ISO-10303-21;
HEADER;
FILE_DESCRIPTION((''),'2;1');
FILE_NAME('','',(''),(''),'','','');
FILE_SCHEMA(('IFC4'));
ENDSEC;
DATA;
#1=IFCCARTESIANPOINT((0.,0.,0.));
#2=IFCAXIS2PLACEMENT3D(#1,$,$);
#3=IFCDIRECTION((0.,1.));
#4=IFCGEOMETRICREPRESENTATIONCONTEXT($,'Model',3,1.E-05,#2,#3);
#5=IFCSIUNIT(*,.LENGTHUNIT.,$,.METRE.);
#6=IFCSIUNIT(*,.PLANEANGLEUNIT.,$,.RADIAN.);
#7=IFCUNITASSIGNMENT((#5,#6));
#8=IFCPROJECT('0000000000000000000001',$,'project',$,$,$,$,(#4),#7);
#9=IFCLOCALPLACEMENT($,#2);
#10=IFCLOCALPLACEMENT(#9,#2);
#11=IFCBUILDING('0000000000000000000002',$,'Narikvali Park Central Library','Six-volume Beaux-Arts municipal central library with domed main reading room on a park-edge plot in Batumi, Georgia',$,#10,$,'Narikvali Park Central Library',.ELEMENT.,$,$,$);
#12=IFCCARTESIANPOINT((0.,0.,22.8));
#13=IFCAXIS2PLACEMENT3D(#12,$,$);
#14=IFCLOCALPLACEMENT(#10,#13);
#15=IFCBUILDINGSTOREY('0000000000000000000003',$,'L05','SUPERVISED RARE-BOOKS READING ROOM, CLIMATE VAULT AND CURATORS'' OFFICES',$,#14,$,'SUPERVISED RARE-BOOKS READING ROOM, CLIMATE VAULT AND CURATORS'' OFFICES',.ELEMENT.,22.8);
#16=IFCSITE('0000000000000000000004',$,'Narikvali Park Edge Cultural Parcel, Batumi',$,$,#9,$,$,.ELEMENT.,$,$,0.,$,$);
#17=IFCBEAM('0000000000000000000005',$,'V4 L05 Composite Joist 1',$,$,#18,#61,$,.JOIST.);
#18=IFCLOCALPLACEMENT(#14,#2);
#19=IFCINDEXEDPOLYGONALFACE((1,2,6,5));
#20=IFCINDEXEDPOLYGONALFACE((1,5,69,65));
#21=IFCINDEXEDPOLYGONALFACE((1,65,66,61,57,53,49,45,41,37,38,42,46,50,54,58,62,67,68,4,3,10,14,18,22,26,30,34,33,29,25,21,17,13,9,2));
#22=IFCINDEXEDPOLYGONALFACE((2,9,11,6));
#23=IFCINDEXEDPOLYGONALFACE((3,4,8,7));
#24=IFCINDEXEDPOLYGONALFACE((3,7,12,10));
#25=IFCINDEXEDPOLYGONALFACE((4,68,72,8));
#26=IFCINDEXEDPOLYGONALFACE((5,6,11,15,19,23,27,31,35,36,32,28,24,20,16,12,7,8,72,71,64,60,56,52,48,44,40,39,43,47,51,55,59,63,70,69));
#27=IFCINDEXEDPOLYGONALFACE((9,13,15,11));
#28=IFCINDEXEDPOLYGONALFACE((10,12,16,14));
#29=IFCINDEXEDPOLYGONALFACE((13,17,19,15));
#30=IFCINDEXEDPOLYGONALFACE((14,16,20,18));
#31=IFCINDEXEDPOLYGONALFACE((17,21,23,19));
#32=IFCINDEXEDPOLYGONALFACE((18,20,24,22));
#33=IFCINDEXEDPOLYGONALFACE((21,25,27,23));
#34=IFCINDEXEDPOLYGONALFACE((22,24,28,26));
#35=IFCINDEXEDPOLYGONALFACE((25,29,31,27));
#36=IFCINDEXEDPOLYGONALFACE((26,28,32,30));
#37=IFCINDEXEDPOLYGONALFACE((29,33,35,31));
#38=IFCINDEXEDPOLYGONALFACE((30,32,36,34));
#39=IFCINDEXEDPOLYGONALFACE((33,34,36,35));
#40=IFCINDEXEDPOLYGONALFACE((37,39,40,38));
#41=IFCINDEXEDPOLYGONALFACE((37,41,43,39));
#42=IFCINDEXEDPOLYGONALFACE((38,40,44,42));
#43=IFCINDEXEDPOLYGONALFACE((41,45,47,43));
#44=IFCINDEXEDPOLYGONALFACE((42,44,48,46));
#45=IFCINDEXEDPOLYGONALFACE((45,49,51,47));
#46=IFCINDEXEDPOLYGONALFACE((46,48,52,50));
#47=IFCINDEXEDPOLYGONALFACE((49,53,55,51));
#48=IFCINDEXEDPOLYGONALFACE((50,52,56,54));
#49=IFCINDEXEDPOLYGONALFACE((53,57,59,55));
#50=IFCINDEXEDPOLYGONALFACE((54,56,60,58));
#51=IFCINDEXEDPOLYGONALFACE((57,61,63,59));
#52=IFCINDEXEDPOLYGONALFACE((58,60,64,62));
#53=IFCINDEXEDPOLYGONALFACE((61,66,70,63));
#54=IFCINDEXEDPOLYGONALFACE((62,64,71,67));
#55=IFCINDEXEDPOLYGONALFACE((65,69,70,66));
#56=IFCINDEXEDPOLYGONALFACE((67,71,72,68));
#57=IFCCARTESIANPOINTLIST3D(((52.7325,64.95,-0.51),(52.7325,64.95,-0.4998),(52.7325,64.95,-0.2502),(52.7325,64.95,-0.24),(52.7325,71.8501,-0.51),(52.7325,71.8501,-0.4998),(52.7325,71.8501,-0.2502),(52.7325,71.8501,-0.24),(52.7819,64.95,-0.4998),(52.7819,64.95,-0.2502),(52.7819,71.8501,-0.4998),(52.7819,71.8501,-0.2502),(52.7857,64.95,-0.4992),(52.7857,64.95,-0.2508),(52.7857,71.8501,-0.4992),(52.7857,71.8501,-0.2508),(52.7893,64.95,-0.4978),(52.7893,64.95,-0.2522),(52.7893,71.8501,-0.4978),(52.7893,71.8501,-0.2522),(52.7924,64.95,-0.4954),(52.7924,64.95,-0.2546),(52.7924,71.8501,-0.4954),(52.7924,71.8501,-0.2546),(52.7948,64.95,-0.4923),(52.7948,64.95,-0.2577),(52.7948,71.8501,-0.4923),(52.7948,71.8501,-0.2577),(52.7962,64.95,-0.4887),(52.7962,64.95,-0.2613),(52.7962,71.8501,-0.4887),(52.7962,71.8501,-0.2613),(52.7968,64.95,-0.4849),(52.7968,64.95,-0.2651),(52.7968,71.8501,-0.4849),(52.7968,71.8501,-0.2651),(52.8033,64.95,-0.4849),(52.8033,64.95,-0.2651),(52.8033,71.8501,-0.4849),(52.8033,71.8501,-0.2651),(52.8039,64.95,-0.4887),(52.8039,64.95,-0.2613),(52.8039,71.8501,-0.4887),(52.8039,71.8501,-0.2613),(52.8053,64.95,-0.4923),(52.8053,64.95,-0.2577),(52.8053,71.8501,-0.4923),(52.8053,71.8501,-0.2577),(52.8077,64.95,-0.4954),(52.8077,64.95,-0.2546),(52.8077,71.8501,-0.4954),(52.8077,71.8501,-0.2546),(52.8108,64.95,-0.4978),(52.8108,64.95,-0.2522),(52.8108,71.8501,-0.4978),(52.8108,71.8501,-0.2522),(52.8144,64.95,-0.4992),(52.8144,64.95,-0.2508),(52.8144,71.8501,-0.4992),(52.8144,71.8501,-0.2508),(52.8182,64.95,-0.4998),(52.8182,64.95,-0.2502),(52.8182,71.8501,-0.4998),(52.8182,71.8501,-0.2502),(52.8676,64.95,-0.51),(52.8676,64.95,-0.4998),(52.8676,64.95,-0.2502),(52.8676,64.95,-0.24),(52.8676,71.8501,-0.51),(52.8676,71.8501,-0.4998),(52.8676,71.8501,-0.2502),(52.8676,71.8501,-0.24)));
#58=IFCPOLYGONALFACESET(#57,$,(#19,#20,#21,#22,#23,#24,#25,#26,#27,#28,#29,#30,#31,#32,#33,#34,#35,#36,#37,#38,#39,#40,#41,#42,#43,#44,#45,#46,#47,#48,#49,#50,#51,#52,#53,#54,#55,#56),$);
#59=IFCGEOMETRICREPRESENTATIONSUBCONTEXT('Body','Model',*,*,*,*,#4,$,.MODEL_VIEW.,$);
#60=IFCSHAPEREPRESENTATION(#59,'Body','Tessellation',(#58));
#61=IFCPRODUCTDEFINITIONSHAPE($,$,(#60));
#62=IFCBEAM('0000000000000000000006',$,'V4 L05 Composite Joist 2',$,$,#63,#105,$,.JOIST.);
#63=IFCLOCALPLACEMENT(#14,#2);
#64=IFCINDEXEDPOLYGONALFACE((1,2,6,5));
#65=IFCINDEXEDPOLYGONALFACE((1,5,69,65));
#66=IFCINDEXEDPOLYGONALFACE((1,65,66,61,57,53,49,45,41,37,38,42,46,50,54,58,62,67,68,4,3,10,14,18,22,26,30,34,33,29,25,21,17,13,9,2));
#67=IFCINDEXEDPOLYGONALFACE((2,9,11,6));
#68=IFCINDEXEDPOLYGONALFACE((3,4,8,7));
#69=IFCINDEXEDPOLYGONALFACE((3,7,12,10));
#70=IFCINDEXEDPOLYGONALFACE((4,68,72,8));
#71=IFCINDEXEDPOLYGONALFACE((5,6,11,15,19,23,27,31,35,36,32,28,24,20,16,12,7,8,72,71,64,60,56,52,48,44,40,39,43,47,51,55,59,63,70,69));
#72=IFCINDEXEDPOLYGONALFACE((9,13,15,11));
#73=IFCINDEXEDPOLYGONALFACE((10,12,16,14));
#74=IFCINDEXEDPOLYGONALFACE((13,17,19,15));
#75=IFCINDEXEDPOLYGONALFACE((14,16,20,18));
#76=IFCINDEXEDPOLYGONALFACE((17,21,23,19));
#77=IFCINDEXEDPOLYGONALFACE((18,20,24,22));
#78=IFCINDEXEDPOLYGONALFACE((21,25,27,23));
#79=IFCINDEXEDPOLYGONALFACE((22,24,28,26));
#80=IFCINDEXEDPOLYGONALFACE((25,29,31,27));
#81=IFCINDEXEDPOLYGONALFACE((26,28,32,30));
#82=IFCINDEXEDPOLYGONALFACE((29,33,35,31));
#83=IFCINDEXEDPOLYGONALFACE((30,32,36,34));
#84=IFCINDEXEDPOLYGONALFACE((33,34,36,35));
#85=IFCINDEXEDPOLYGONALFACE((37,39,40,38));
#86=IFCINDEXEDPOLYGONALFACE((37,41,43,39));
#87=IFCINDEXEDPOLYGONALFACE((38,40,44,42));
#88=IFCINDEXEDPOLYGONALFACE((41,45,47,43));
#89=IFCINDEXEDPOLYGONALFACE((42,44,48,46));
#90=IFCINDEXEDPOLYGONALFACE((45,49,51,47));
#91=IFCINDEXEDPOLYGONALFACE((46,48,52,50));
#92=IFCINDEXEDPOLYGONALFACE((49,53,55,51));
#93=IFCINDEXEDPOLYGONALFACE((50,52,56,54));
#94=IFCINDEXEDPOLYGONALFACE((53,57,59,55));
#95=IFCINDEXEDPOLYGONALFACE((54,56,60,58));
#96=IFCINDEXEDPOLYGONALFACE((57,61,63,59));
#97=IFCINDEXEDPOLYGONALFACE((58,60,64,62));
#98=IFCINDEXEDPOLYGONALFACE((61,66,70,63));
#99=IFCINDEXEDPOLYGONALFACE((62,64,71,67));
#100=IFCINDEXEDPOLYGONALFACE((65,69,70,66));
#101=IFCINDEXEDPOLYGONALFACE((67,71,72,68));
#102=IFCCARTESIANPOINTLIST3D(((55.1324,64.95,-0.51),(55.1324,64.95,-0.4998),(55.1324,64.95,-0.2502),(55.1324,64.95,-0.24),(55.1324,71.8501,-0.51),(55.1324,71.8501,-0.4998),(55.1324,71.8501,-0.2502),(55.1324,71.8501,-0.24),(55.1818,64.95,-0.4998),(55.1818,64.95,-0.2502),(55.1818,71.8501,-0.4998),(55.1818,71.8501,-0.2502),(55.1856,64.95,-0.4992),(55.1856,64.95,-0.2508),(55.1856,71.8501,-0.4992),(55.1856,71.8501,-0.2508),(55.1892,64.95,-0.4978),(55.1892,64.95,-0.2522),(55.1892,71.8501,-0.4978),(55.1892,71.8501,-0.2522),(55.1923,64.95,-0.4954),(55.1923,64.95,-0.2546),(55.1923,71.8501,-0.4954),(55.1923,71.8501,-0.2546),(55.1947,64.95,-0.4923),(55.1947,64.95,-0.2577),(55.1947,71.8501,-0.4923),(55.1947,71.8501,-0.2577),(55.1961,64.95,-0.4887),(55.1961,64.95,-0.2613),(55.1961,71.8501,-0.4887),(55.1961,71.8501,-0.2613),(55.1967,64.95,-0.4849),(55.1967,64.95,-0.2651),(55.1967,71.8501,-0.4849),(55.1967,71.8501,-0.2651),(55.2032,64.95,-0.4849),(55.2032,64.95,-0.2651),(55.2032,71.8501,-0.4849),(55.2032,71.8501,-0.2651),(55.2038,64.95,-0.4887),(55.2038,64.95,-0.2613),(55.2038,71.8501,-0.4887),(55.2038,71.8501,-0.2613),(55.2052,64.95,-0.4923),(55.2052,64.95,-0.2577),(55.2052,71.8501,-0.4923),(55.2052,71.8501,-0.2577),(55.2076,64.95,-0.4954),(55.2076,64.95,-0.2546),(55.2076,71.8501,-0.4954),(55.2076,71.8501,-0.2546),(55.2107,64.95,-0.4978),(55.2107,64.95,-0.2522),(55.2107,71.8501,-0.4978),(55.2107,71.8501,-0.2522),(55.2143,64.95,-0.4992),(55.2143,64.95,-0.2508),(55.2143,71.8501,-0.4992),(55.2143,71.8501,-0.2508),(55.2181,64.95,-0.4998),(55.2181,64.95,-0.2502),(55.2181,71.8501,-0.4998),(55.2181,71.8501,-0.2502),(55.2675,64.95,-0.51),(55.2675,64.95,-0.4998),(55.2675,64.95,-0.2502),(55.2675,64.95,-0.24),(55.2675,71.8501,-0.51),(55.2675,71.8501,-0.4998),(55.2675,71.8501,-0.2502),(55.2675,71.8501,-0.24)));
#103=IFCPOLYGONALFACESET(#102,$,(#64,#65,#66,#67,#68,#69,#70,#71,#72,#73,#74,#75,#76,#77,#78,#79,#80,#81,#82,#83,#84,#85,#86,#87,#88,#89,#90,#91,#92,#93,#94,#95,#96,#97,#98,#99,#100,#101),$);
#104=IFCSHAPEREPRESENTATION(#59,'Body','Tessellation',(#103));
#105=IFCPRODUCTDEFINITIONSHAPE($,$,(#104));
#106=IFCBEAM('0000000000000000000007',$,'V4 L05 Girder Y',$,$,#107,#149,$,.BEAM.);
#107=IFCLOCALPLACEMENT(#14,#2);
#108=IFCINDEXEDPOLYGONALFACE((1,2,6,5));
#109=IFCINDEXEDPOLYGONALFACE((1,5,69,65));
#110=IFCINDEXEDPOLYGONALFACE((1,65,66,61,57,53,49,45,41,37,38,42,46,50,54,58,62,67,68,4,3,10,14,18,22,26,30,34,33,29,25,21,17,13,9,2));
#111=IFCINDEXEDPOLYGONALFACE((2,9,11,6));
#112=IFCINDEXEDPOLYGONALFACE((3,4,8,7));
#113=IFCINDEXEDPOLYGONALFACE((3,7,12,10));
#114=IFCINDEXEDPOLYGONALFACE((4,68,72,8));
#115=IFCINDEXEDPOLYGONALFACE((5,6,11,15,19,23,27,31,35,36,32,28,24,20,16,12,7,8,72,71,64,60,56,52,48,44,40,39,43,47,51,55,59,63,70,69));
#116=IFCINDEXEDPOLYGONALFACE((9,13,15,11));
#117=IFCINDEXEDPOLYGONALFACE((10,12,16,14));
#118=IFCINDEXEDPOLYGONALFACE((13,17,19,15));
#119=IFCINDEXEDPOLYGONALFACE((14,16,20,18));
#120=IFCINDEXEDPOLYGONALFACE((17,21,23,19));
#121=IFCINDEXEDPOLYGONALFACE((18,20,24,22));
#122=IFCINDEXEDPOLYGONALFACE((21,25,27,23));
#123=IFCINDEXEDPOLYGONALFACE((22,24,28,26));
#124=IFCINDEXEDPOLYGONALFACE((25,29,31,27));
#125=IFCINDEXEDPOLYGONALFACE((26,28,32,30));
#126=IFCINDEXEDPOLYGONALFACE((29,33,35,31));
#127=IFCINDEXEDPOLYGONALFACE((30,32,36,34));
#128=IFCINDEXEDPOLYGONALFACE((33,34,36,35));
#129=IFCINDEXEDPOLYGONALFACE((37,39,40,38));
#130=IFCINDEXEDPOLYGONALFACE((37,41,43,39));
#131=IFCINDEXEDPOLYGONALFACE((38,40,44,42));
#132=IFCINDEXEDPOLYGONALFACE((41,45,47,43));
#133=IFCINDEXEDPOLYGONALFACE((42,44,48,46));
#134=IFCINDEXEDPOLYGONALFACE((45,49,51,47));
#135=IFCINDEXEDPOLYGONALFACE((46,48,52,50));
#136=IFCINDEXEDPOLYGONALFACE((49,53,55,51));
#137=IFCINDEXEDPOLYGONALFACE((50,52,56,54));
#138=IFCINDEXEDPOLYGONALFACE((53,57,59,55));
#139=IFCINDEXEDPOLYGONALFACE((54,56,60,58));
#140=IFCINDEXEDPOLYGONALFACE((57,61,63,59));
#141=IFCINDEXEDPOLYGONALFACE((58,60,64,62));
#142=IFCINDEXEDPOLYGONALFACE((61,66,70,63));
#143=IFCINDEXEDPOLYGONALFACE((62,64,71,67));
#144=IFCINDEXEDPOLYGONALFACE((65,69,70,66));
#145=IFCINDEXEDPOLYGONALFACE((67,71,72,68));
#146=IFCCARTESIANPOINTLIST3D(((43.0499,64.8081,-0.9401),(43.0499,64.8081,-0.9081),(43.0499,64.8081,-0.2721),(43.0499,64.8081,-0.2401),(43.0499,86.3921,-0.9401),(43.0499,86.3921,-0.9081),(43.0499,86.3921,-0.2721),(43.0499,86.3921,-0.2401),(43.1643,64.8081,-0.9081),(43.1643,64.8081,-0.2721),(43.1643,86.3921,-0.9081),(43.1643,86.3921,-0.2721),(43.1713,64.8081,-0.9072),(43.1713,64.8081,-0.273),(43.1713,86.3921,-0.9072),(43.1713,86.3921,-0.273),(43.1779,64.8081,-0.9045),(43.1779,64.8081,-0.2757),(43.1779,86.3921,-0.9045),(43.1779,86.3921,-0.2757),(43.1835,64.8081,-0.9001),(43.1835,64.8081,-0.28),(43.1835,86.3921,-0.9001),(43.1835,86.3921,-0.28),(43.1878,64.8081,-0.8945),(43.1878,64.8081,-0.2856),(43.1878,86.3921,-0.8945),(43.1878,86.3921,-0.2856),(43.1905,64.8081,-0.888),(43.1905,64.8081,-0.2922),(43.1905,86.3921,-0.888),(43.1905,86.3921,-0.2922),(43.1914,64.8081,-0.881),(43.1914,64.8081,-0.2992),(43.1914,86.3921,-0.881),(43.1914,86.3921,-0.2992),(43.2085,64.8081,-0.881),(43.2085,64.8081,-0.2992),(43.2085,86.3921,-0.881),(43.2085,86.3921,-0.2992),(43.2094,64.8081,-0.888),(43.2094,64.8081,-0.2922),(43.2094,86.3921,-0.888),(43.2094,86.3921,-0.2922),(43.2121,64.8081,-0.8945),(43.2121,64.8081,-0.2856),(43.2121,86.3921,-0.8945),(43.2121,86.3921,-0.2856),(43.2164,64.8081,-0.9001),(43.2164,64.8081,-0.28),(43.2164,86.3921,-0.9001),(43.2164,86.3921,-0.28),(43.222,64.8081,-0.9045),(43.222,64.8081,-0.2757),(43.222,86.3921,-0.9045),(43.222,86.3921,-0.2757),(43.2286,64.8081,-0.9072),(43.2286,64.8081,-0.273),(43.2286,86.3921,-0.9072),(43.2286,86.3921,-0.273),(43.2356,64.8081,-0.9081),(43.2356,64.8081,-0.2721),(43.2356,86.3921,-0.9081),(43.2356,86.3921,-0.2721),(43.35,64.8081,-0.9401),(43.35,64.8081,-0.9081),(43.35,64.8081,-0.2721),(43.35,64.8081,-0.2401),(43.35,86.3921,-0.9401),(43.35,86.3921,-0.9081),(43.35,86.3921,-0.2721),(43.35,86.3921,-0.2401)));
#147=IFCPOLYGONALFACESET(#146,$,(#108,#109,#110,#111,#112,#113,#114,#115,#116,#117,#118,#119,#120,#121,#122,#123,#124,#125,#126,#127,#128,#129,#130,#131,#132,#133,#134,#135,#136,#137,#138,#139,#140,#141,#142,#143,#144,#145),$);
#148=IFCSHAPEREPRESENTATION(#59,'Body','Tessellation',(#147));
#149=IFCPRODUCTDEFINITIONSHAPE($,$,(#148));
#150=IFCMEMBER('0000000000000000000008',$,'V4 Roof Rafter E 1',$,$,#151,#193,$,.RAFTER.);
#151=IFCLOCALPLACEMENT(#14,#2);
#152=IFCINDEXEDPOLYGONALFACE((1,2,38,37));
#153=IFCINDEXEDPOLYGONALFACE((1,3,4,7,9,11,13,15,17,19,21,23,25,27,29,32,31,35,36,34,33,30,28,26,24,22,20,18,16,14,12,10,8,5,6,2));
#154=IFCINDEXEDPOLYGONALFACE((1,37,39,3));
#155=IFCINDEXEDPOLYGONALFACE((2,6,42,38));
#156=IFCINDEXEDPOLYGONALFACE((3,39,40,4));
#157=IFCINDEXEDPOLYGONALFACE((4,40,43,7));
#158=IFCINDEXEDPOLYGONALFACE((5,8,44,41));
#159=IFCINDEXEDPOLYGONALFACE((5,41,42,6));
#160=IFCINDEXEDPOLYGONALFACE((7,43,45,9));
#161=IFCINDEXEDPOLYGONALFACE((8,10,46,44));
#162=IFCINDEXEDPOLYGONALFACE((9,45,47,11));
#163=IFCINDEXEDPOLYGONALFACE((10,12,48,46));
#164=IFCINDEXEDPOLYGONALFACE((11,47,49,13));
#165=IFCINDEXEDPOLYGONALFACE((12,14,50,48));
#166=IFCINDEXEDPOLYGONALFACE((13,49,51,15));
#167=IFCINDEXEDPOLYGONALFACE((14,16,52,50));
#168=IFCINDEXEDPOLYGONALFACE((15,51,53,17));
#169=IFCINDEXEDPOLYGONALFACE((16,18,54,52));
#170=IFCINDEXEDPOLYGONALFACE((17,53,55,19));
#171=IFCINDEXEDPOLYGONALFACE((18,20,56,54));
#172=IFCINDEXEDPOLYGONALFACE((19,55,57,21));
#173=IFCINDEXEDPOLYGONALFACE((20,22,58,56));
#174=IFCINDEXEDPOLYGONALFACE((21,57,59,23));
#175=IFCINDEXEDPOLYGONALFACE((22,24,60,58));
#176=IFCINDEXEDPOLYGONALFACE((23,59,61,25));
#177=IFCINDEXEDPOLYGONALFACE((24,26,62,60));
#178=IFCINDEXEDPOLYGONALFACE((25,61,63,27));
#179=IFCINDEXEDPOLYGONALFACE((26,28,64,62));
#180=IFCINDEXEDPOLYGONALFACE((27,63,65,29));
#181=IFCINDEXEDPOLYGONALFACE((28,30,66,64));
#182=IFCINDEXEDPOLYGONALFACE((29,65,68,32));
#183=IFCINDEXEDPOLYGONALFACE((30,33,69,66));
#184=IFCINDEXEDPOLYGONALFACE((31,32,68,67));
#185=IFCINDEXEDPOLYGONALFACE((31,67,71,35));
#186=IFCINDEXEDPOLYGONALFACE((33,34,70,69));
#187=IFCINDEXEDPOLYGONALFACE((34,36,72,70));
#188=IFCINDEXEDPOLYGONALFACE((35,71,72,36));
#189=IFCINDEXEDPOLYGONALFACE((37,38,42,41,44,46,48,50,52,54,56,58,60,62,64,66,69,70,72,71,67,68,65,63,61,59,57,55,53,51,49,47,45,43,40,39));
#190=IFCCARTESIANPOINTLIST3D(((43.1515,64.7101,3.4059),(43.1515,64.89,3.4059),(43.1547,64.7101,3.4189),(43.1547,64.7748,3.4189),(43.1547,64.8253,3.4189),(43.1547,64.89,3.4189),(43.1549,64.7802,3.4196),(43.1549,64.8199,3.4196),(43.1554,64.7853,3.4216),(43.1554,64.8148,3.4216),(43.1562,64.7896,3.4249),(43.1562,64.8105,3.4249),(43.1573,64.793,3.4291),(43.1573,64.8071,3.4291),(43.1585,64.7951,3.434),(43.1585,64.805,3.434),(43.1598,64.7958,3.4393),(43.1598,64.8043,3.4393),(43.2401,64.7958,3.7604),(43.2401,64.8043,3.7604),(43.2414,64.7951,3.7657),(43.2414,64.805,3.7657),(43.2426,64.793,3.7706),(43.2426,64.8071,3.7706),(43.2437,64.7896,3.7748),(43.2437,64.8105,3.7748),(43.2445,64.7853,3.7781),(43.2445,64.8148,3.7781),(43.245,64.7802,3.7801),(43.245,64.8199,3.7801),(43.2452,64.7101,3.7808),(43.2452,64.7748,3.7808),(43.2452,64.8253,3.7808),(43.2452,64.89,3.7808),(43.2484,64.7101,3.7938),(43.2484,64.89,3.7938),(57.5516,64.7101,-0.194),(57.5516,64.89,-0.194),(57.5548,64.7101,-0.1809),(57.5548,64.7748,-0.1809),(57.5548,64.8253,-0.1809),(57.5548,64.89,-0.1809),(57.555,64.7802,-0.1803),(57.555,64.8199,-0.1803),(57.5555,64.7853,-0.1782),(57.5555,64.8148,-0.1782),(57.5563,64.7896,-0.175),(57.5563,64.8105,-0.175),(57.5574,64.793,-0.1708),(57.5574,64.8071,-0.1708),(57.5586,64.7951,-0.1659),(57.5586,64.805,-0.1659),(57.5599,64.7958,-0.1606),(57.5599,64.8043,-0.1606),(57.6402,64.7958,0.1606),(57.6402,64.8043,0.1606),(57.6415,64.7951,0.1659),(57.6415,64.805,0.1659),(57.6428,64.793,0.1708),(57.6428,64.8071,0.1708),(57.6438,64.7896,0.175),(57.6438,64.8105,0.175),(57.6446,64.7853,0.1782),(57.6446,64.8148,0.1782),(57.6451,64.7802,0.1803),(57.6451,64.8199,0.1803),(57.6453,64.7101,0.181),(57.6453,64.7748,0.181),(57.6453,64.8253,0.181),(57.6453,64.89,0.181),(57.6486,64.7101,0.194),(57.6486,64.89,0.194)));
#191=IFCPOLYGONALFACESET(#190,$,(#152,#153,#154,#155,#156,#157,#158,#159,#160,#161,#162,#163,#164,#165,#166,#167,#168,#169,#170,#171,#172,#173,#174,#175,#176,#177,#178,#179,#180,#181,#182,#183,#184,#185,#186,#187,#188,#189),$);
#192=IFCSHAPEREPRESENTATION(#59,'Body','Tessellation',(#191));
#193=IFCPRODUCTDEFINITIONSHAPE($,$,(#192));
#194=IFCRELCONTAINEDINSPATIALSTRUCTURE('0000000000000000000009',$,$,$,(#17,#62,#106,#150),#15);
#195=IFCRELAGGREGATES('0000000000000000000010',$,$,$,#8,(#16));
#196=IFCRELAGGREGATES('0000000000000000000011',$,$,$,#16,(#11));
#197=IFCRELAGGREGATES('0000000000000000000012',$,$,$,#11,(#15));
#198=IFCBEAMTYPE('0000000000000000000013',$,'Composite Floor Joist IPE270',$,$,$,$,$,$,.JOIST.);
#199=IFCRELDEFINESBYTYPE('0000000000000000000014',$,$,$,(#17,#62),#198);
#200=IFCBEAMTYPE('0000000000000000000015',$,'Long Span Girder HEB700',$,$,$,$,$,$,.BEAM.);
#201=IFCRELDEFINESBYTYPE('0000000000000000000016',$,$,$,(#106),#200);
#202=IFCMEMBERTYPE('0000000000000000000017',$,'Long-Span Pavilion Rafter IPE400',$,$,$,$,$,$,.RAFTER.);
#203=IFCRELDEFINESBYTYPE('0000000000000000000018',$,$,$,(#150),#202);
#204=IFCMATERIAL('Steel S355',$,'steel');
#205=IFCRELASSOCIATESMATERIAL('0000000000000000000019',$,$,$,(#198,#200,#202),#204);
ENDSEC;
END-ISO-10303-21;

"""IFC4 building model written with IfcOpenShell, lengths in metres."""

from ifc_helpers import new_model, si_unit, direction, frame, origin, origin_2d, place, context, subcontext, project, spatial, i_section, extrude, material, material_profile, profile_set, type_object, element, save


model = new_model("IFC4")

# Units and contexts
model_context = context("Model", 3, precision=1e-05, world=origin(), true_north=direction((0.0, 1.0)))
body_context = subcontext(model_context, "Body", "Model", "MODEL_VIEW")
ifc_project = project(units=[si_unit("LENGTHUNIT", "METRE"), si_unit("PLANEANGLEUNIT", "RADIAN")], contexts=[model_context])

# Site, building, storey
site_placement = place(None, origin())
site = spatial("IfcSite", under=ifc_project, at=site_placement, Name="Narikvali Park Edge Cultural Parcel, Batumi", CompositionType="ELEMENT", RefElevation=0.0)
building_placement = place(site_placement, origin())
building = spatial("IfcBuilding", under=site, at=building_placement, Name="Narikvali Park Central Library", Description="Six-volume Beaux-Arts municipal central library with domed main reading room on a park-edge plot in Batumi, Georgia", LongName="Narikvali Park Central Library", CompositionType="ELEMENT")
storey_placement = place(building_placement, frame((0.0, 0.0, 22.8)))
storey = spatial("IfcBuildingStorey", under=building, at=storey_placement, Name="L05", Description="SUPERVISED RARE-BOOKS READING ROOM, CLIMATE VAULT AND CURATORS' OFFICES", LongName="SUPERVISED RARE-BOOKS READING ROOM, CLIMATE VAULT AND CURATORS' OFFICES", CompositionType="ELEMENT", Elevation=22.8)

# Shared definitions
ifc_material_1 = material(Name="Steel S355", Category="steel")

# Beams
ifc_material_profile_1 = material_profile(ifc_material_1, i_section(OverallWidth=0.135, OverallDepth=0.27, WebThickness=0.0066, FlangeThickness=0.0103, FilletRadius=0.0149, at=origin_2d()), Name="IPE 270")
ifc_profile_set_1 = profile_set([ifc_material_profile_1], Name="Steel S355")
beam_type_1 = type_object("IfcBeamType", Name="Composite Floor Joist IPE270", PredefinedType="JOIST", material=ifc_profile_set_1)
for number, where, z_axis, x_axis, name in (
    (1, (52.8, 64.95, -0.375), (0.0, 1.0, 0.0), (-1.0, 0.0, 0.0), "V4 L05 Composite Joist 1"),
    (2, (55.2, 64.95, -0.375), (0.0, 1.0, 0.0), (-1.0, 0.0, 0.0), "V4 L05 Composite Joist 2"),
):
    element("IfcBeam", number, at=place(storey_placement, frame(where, z_axis=z_axis, x_axis=x_axis)), inside=storey, type_object=beam_type_1, Name=name, PredefinedType="JOIST", context=body_context, shape_type="SweptSolid", body=[
        extrude(i_section(OverallWidth=0.135, OverallDepth=0.27, WebThickness=0.0066, FlangeThickness=0.0103, FilletRadius=0.0149, at=origin_2d()), origin(), (0.0, 0.0, 1.0), 6.9001),
    ])
ifc_material_profile_2 = material_profile(ifc_material_1, i_section(OverallWidth=0.3, OverallDepth=0.7, WebThickness=0.0171, FlangeThickness=0.032, FilletRadius=0.0271, at=origin_2d()), Name="HEB 700")
ifc_profile_set_2 = profile_set([ifc_material_profile_2], Name="Steel S355")
beam_type_2 = type_object("IfcBeamType", Name="Long Span Girder HEB700", PredefinedType="BEAM", material=ifc_profile_set_2)
beam_1_placement = place(storey_placement, frame((43.2, 64.8081, -0.5901), z_axis=(0.0, 1.0, 0.0), x_axis=(-1.0, 0.0, 0.0)))
element("IfcBeam", 3, at=beam_1_placement, inside=storey, type_object=beam_type_2, Name="V4 L05 Girder Y", PredefinedType="BEAM", context=body_context, shape_type="SweptSolid", body=[
    extrude(i_section(OverallWidth=0.3, OverallDepth=0.7, WebThickness=0.0171, FlangeThickness=0.032, FilletRadius=0.0271, at=origin_2d()), origin(), (0.0, 0.0, 1.0), 21.584),
])

# Member
ifc_material_profile_3 = material_profile(ifc_material_1, i_section(OverallWidth=0.1799, OverallDepth=0.3999, WebThickness=0.0085, FlangeThickness=0.0134, FilletRadius=0.021, at=origin_2d()), Name="IPE 400")
ifc_profile_set_3 = profile_set([ifc_material_profile_3], Name="Steel S355")
member_type_1 = type_object("IfcMemberType", Name="Long-Span Pavilion Rafter IPE400", PredefinedType="RAFTER", material=ifc_profile_set_3)
for number, where, z_axis, x_axis, name in (
    (4, (43.2, 64.8, 3.5999), (0.970145, 0.0, -0.242524), (0.0, 1.0, 0.0), "V4 Roof Rafter E 1"),
):
    element("IfcMember", number, at=place(storey_placement, frame(where, z_axis=z_axis, x_axis=x_axis)), inside=storey, type_object=member_type_1, Name=name, PredefinedType="RAFTER", context=body_context, shape_type="SweptSolid", body=[
        extrude(i_section(OverallWidth=0.1799, OverallDepth=0.3999, WebThickness=0.0085, FlangeThickness=0.0134, FilletRadius=0.021, at=origin_2d()), origin(), (0.0, 0.0, 1.0), 14.8433),
    ])

save(model, "model.ifc")
